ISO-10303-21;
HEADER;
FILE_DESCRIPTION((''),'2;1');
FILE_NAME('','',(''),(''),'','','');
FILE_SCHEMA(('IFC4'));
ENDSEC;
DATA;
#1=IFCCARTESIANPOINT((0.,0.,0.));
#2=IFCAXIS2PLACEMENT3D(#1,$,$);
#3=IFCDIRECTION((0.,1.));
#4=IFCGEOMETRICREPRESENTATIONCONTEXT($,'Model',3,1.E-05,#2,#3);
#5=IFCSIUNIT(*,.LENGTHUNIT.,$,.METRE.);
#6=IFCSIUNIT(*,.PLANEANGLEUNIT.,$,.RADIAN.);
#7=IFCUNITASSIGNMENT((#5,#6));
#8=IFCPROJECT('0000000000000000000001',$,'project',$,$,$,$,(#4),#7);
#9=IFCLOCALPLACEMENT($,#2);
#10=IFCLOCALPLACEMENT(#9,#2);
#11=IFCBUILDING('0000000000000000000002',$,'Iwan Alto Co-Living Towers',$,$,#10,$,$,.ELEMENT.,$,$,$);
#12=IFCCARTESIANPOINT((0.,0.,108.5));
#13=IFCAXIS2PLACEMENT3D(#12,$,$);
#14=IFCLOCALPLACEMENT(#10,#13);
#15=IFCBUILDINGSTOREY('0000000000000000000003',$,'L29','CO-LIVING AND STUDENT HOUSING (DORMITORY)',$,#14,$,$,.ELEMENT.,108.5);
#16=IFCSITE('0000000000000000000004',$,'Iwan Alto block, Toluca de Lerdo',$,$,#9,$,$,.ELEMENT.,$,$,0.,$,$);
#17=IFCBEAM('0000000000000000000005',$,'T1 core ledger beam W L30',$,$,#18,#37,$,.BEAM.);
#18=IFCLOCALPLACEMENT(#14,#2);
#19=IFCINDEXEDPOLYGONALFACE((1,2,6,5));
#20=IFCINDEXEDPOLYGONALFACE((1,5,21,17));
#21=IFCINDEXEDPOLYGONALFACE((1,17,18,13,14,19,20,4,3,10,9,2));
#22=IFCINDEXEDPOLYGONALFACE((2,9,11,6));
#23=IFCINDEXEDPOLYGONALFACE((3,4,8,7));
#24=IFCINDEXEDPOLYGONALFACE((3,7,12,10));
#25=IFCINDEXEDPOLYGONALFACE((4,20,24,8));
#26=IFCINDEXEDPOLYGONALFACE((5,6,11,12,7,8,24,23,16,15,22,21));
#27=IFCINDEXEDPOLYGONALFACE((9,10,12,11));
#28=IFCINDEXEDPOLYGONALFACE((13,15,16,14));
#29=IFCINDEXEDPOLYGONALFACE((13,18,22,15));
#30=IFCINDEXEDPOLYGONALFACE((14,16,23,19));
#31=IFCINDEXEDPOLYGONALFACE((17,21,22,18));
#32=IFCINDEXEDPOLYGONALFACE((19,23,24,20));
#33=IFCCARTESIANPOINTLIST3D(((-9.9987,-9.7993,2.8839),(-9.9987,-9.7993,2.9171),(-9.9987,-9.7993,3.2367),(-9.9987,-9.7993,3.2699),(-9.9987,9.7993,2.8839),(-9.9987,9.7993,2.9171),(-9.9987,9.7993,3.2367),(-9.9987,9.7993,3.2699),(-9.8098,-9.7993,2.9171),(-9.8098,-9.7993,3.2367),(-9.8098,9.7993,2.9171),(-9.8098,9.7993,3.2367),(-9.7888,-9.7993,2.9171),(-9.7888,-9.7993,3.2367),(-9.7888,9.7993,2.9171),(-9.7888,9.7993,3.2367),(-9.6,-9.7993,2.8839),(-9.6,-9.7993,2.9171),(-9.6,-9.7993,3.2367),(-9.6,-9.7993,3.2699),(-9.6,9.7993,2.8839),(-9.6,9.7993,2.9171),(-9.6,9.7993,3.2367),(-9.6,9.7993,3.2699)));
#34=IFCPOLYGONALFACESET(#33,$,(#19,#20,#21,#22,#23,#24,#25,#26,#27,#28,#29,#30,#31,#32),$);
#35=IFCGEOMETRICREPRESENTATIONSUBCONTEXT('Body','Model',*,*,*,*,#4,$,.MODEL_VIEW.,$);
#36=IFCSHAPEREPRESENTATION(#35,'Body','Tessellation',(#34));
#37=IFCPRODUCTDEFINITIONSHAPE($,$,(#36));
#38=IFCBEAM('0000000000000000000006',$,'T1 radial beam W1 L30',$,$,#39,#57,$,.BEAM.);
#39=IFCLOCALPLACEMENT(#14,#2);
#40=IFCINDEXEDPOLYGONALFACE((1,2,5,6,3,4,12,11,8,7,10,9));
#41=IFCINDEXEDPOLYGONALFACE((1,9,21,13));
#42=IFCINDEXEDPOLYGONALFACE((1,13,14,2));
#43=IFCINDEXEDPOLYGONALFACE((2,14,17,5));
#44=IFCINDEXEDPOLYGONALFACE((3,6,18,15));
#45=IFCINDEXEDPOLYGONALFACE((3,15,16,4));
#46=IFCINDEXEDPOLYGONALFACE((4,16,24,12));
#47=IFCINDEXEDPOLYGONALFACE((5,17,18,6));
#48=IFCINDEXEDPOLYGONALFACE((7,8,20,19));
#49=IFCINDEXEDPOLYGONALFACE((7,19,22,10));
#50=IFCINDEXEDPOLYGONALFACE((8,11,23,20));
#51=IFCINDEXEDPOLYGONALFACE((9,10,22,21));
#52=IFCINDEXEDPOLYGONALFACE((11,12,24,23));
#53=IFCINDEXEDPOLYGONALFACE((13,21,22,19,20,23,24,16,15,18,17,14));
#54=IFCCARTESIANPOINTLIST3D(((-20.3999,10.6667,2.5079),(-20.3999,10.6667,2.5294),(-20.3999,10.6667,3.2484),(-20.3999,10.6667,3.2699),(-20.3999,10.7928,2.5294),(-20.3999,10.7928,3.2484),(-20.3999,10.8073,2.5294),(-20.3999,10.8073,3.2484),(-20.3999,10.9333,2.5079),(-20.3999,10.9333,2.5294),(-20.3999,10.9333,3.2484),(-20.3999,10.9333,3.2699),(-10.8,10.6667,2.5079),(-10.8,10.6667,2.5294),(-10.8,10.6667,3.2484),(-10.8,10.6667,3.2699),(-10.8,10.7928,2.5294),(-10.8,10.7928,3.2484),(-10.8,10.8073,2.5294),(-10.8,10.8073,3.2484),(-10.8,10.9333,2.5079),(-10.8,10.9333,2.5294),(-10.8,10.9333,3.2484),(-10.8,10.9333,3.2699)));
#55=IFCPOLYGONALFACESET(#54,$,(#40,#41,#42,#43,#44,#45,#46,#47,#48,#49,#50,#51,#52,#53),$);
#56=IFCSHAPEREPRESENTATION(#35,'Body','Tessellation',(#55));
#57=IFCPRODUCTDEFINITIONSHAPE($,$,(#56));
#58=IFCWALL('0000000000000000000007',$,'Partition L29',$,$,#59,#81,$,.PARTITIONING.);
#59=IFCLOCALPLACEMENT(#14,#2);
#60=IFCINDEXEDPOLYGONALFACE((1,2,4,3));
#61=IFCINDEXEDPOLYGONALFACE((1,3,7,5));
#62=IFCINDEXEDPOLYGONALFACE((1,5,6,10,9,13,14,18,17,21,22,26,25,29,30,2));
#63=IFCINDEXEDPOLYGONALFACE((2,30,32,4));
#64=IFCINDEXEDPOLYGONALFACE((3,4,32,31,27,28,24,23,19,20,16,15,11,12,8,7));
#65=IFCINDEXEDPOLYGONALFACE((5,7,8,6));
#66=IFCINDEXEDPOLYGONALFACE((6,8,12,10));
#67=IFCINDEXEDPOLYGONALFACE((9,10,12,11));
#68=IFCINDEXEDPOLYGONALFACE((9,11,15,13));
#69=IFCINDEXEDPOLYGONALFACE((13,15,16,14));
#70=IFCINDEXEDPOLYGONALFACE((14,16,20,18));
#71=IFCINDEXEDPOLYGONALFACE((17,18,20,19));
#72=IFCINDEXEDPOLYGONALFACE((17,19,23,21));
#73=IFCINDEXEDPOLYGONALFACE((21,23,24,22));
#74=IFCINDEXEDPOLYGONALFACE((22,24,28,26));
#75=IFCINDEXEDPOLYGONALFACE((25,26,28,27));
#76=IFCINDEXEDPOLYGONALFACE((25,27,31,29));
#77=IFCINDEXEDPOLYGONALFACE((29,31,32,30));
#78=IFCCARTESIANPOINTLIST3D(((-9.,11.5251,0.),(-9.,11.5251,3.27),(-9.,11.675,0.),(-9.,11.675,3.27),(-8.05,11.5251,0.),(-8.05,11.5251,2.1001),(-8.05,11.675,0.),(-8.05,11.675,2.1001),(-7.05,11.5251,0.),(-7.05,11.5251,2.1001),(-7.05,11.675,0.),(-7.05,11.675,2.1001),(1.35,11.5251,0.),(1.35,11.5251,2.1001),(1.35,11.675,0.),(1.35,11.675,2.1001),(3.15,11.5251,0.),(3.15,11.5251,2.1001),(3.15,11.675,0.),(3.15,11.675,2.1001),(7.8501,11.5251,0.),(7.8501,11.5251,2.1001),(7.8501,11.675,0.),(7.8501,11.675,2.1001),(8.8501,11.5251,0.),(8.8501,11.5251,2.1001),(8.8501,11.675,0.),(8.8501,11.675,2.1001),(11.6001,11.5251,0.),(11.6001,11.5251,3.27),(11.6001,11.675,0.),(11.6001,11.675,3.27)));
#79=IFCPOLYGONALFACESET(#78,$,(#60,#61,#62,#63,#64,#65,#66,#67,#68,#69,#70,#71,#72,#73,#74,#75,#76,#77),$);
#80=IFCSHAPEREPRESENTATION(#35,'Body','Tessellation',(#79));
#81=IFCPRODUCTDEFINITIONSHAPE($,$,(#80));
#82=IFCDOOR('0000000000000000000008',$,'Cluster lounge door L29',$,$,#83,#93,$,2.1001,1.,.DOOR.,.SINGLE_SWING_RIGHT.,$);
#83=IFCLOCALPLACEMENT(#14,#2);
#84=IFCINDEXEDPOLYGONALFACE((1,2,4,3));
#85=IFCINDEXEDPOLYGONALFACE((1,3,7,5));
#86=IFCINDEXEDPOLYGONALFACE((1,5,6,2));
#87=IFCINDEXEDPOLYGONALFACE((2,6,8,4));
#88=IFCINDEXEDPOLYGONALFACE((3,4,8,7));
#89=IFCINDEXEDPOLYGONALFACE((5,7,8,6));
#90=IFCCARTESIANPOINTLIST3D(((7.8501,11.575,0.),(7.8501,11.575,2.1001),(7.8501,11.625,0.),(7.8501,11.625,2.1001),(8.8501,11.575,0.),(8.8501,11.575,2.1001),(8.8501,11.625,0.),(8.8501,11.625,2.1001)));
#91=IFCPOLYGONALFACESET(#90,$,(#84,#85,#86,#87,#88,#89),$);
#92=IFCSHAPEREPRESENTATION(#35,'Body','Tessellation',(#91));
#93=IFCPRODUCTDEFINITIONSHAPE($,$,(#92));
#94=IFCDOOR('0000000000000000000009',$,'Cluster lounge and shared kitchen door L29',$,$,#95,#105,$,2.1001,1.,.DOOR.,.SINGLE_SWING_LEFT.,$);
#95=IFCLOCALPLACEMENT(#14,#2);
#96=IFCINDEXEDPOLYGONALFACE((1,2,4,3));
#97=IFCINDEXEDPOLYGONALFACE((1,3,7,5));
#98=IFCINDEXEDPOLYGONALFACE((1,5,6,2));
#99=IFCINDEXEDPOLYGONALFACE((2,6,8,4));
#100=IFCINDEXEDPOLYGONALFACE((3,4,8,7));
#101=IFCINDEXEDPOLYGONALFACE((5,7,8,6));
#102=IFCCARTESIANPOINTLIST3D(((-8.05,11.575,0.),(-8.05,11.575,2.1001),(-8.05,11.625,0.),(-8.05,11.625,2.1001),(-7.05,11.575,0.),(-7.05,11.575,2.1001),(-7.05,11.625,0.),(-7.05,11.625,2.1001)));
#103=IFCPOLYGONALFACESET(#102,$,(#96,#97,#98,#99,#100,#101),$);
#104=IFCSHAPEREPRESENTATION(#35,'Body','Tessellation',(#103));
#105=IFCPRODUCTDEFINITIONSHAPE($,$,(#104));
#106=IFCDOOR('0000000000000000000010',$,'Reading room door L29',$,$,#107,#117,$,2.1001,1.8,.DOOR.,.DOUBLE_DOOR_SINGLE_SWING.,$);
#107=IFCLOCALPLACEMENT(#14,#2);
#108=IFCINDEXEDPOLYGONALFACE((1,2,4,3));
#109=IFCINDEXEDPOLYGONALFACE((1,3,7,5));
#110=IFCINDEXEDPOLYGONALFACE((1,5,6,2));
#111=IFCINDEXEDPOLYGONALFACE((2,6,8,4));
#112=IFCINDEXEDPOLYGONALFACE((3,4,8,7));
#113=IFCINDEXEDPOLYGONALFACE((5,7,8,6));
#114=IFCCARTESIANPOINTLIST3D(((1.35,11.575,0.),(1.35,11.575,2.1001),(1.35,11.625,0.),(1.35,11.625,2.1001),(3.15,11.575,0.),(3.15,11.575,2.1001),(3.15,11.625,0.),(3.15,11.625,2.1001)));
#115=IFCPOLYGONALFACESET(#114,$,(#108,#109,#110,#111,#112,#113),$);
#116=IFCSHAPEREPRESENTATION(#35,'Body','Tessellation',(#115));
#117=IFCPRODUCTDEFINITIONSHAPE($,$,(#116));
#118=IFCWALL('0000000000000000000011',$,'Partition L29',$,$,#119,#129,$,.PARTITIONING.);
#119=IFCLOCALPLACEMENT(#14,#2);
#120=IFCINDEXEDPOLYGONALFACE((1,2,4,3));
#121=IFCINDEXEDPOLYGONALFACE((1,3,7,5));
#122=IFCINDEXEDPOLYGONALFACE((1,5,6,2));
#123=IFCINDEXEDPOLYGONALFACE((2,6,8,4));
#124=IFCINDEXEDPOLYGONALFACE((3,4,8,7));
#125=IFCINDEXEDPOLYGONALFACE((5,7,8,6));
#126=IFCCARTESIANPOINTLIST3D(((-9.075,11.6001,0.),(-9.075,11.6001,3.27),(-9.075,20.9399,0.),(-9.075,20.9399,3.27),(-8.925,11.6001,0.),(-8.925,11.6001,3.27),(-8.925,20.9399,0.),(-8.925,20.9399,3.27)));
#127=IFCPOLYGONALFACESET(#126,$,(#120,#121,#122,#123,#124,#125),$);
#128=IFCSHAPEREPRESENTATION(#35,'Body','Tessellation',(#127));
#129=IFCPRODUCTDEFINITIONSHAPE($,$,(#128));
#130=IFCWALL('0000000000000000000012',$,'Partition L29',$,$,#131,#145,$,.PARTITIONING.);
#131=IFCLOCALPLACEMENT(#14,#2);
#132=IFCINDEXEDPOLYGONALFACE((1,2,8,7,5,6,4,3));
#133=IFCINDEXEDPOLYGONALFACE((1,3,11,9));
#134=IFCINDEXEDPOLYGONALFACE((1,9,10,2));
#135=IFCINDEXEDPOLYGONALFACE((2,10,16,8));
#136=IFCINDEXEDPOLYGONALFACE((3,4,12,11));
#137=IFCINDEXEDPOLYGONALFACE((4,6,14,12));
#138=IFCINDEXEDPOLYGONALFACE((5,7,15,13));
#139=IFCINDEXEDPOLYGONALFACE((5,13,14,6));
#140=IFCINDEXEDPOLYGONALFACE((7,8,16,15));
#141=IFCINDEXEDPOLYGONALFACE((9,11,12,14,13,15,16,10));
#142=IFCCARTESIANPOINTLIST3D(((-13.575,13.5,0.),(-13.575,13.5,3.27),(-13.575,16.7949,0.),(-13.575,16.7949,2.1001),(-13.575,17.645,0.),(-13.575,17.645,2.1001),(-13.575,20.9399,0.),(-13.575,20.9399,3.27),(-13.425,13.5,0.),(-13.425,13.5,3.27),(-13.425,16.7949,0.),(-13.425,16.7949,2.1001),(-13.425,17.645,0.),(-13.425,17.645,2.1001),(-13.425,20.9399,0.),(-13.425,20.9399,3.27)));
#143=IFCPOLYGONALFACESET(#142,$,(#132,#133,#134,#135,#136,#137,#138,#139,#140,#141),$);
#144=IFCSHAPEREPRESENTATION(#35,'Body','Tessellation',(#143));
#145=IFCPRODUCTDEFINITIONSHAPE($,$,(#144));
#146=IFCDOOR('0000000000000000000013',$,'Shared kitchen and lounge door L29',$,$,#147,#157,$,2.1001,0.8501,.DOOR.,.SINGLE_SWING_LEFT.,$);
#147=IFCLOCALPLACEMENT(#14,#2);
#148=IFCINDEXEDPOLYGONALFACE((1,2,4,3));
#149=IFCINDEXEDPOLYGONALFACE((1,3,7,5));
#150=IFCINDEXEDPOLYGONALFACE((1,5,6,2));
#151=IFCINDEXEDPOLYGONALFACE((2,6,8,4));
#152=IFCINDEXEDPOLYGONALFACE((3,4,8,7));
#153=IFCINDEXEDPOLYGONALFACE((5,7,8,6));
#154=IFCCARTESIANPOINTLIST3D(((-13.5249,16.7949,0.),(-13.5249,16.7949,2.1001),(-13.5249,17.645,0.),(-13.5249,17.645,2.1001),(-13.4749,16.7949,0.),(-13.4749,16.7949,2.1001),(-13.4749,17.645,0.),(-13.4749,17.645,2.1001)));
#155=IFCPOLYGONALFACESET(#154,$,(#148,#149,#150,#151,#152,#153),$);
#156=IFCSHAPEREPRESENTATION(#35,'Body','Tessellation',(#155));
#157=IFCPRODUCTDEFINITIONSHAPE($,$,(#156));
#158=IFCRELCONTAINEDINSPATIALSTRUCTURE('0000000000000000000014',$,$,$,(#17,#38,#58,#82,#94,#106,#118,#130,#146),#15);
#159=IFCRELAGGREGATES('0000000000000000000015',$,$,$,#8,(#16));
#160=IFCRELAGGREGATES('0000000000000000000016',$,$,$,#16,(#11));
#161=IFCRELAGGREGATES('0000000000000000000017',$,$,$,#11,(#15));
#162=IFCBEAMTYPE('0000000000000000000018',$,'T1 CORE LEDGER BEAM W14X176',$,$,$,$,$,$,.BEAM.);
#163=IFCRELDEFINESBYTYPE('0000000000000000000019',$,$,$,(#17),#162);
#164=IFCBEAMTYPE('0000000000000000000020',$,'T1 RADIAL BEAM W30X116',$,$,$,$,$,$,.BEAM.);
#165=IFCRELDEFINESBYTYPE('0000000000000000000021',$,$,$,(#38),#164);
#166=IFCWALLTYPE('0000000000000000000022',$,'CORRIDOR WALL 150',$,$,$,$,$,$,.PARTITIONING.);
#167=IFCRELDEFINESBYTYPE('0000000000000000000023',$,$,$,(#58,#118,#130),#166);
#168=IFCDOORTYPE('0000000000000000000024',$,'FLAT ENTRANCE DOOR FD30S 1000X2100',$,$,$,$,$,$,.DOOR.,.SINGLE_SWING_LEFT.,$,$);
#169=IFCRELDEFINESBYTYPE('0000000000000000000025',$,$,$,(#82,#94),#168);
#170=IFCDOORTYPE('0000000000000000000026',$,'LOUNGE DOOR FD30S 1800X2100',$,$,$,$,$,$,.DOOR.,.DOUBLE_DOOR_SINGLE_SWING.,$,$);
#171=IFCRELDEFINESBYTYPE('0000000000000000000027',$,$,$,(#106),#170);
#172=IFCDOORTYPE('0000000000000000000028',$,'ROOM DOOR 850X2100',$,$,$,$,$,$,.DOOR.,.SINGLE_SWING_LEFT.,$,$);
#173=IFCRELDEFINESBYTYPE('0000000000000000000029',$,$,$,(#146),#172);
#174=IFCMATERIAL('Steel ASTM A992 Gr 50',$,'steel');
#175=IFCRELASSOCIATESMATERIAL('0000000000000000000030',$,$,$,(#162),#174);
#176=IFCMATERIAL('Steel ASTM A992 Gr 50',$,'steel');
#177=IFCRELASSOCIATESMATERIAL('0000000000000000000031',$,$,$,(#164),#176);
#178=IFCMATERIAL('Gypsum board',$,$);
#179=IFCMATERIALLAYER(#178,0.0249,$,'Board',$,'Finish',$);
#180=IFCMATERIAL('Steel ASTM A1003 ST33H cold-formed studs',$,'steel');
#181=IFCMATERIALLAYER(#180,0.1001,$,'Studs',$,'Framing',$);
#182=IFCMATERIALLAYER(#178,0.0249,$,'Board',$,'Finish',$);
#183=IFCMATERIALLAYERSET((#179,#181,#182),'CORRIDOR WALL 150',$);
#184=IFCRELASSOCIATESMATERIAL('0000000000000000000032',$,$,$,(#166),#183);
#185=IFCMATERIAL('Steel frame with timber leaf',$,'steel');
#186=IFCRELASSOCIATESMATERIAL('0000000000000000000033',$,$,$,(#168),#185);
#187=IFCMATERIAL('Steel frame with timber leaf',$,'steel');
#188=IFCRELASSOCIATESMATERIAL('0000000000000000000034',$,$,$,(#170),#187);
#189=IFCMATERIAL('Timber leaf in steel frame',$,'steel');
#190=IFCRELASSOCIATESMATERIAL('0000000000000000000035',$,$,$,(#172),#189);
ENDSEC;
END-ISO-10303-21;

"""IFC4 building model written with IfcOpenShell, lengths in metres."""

from ifc_helpers import new_model, si_unit, direction, frame, frame_2d, origin, origin_2d, place, context, subcontext, project, spatial, rectangle, i_section, extrude, material, layer, layer_set, material_profile, profile_set, type_object, element, fill, save


model = new_model("IFC4")

# Units and contexts
model_context = context("Model", 3, precision=1e-05, world=origin(), true_north=direction((0.0, 1.0)))
body_context = subcontext(model_context, "Body", "Model", "MODEL_VIEW")
ifc_project = project(units=[si_unit("LENGTHUNIT", "METRE"), si_unit("PLANEANGLEUNIT", "RADIAN")], contexts=[model_context])

# Site, building, storey
site_placement = place(None, origin())
site = spatial("IfcSite", under=ifc_project, at=site_placement, Name="Iwan Alto block, Toluca de Lerdo", CompositionType="ELEMENT", RefElevation=0.0)
building_placement = place(site_placement, origin())
building = spatial("IfcBuilding", under=site, at=building_placement, Name="Iwan Alto Co-Living Towers", CompositionType="ELEMENT")
storey_placement = place(building_placement, frame((0.0, 0.0, 108.5)))
storey = spatial("IfcBuildingStorey", under=building, at=storey_placement, Name="L29", Description="CO-LIVING AND STUDENT HOUSING (DORMITORY)", CompositionType="ELEMENT", Elevation=108.5)

# Beams
ifc_material_1 = material(Name="Steel ASTM A992 Gr 50", Category="steel")
ifc_material_profile_1 = material_profile(ifc_material_1, i_section(OverallWidth=0.3987, OverallDepth=0.386, WebThickness=0.021, FlangeThickness=0.0332, at=origin_2d()), Name="W14X176")
ifc_profile_set_1 = profile_set([ifc_material_profile_1], Name="Steel ASTM A992 Gr 50")
beam_type_1 = type_object("IfcBeamType", Name="T1 CORE LEDGER BEAM W14X176", PredefinedType="BEAM", material=ifc_profile_set_1)
beam_1_placement = place(storey_placement, frame((-9.7993, 9.7993, 3.0769), z_axis=(0.0, -1.0, 0.0), x_axis=(1.0, 0.0, 0.0)))
element("IfcBeam", 1, at=beam_1_placement, inside=storey, type_object=beam_type_1, Name="T1 core ledger beam W L30", PredefinedType="BEAM", context=body_context, shape_type="SweptSolid", body=[
    extrude(i_section(OverallWidth=0.3987, OverallDepth=0.386, WebThickness=0.021, FlangeThickness=0.0332, at=origin_2d()), origin(), (0.0, 0.0, 1.0), 19.5986),
])
ifc_material_2 = material(Name="Steel ASTM A992 Gr 50", Category="steel")
ifc_material_profile_2 = material_profile(ifc_material_2, i_section(OverallWidth=0.2666, OverallDepth=0.762, WebThickness=0.0144, FlangeThickness=0.0215, at=origin_2d()), Name="W30X116")
ifc_profile_set_2 = profile_set([ifc_material_profile_2], Name="Steel ASTM A992 Gr 50")
beam_type_2 = type_object("IfcBeamType", Name="T1 RADIAL BEAM W30X116", PredefinedType="BEAM", material=ifc_profile_set_2)
beam_2_placement = place(storey_placement, frame((-20.3999, 10.8, 2.8889), z_axis=(1.0, 0.0, 0.0), x_axis=(0.0, 1.0, 0.0)))
element("IfcBeam", 2, at=beam_2_placement, inside=storey, type_object=beam_type_2, Name="T1 radial beam W1 L30", PredefinedType="BEAM", context=body_context, shape_type="SweptSolid", body=[
    extrude(i_section(OverallWidth=0.2666, OverallDepth=0.762, WebThickness=0.0144, FlangeThickness=0.0215, at=origin_2d()), origin(), (0.0, 0.0, 1.0), 9.5999),
])

# Wall, openings, doors
ifc_material_3 = material(Name="Gypsum board")
ifc_layer_1 = layer(ifc_material_3, 0.0249, Name="Board", Category="Finish")
ifc_material_4 = material(Name="Steel ASTM A1003 ST33H cold-formed studs", Category="steel")
ifc_layer_2 = layer(ifc_material_4, 0.1001, Name="Studs", Category="Framing")
ifc_layer_3 = layer(ifc_material_3, 0.0249, Name="Board", Category="Finish")
ifc_layer_set_1 = layer_set([ifc_layer_1, ifc_layer_2, ifc_layer_3], Name="CORRIDOR WALL 150")
wall_type_1 = type_object("IfcWallType", Name="CORRIDOR WALL 150", PredefinedType="PARTITIONING", material=ifc_layer_set_1)
wall_1_placement = place(storey_placement, frame((-9.0, 11.6001, 0.0), z_axis=(0.0, 0.0, 1.0), x_axis=(1.0, 0.0, 0.0)))
wall_1 = element("IfcWall", 3, at=wall_1_placement, inside=storey, type_object=wall_type_1, Name="Partition L29", PredefinedType="PARTITIONING", context=body_context, shape_type="SweptSolid", body=[
    extrude(rectangle(XDim=20.6001, YDim=0.1499, at=frame_2d((10.3, 0.0))), origin(), (0.0, 0.0, 1.0), 3.27),
])
opening_1_placement = place(wall_1_placement, frame((16.8501, 0.0, 0.0)))
opening_1 = element("IfcOpeningElement", 4, at=opening_1_placement, cuts=wall_1, PredefinedType="OPENING", context=body_context, shape_type="SweptSolid", body=[
    extrude(rectangle(XDim=1.0, YDim=2.1001, at=frame_2d((0.5, 1.05))), frame((0.0, 0.085, 0.0), z_axis=(0.0, -1.0, 0.0), x_axis=(1.0, 0.0, 0.0)), (0.0, 0.0, 1.0), 0.1699),
])
opening_2_placement = place(wall_1_placement, frame((10.3501, 0.0, 0.0)))
opening_2 = element("IfcOpeningElement", 5, at=opening_2_placement, cuts=wall_1, PredefinedType="OPENING", context=body_context, shape_type="SweptSolid", body=[
    extrude(rectangle(XDim=1.8, YDim=2.1001, at=frame_2d((0.8999, 1.05))), frame((0.0, 0.085, 0.0), z_axis=(0.0, -1.0, 0.0), x_axis=(1.0, 0.0, 0.0)), (0.0, 0.0, 1.0), 0.1699),
])
opening_3_placement = place(wall_1_placement, frame((0.95, 0.0, 0.0)))
opening_3 = element("IfcOpeningElement", 6, at=opening_3_placement, cuts=wall_1, PredefinedType="OPENING", context=body_context, shape_type="SweptSolid", body=[
    extrude(rectangle(XDim=1.0, YDim=2.1001, at=frame_2d((0.5, 1.05))), frame((0.0, 0.085, 0.0), z_axis=(0.0, -1.0, 0.0), x_axis=(1.0, 0.0, 0.0)), (0.0, 0.0, 1.0), 0.1699),
])
ifc_material_5 = material(Name="Steel frame with timber leaf", Category="steel")
door_type_1 = type_object("IfcDoorType", Name="FLAT ENTRANCE DOOR FD30S 1000X2100", OperationType="SINGLE_SWING_LEFT", PredefinedType="DOOR", material=ifc_material_5)
door_1_placement = place(opening_1_placement, origin())
door_1 = element("IfcDoor", 7, at=door_1_placement, inside=storey, type_object=door_type_1, Name="Cluster lounge door L29", OperationType="SINGLE_SWING_RIGHT", OverallHeight=2.1001, OverallWidth=1.0, PredefinedType="DOOR", context=body_context, shape_type="SweptSolid", body=[
    extrude(rectangle(XDim=1.0, YDim=2.1001, at=frame_2d((0.5, 1.05))), frame((0.0, 0.0249, 0.0), z_axis=(0.0, -1.0, 0.0), x_axis=(1.0, 0.0, 0.0)), (0.0, 0.0, 1.0), 0.05),
])
fill(opening_1, door_1)
door_2_placement = place(opening_3_placement, origin())
door_2 = element("IfcDoor", 8, at=door_2_placement, inside=storey, type_object=door_type_1, Name="Cluster lounge and shared kitchen door L29", OperationType="SINGLE_SWING_LEFT", OverallHeight=2.1001, OverallWidth=1.0, PredefinedType="DOOR", context=body_context, shape_type="SweptSolid", body=[
    extrude(rectangle(XDim=1.0, YDim=2.1001, at=frame_2d((0.5, 1.05))), frame((0.0, 0.0249, 0.0), z_axis=(0.0, -1.0, 0.0), x_axis=(1.0, 0.0, 0.0)), (0.0, 0.0, 1.0), 0.05),
])
fill(opening_3, door_2)
ifc_material_6 = material(Name="Steel frame with timber leaf", Category="steel")
door_type_2 = type_object("IfcDoorType", Name="LOUNGE DOOR FD30S 1800X2100", OperationType="DOUBLE_DOOR_SINGLE_SWING", PredefinedType="DOOR", material=ifc_material_6)
door_3_placement = place(opening_2_placement, origin())
door_3 = element("IfcDoor", 9, at=door_3_placement, inside=storey, type_object=door_type_2, Name="Reading room door L29", OperationType="DOUBLE_DOOR_SINGLE_SWING", OverallHeight=2.1001, OverallWidth=1.8, PredefinedType="DOOR", context=body_context, shape_type="SweptSolid", body=[
    extrude(rectangle(XDim=1.8, YDim=2.1001, at=frame_2d((0.8999, 1.05))), frame((0.0, 0.0249, 0.0), z_axis=(0.0, -1.0, 0.0), x_axis=(1.0, 0.0, 0.0)), (0.0, 0.0, 1.0), 0.05),
])
fill(opening_2, door_3)

# Wall
wall_2_placement = place(storey_placement, frame((-9.0, 11.6001, 0.0), z_axis=(0.0, 0.0, 1.0), x_axis=(0.0, 1.0, 0.0)))
element("IfcWall", 10, at=wall_2_placement, inside=storey, type_object=wall_type_1, Name="Partition L29", PredefinedType="PARTITIONING", context=body_context, shape_type="SweptSolid", body=[
    extrude(rectangle(XDim=9.3398, YDim=0.1499, at=frame_2d((4.6699, 0.0))), origin(), (0.0, 0.0, 1.0), 3.27),
])

# Wall, opening, door
wall_3_placement = place(storey_placement, frame((-13.5, 13.5, 0.0), z_axis=(0.0, 0.0, 1.0), x_axis=(0.0, 1.0, 0.0)))
wall_3 = element("IfcWall", 11, at=wall_3_placement, inside=storey, type_object=wall_type_1, Name="Partition L29", PredefinedType="PARTITIONING", context=body_context, shape_type="SweptSolid", body=[
    extrude(rectangle(XDim=7.4399, YDim=0.1499, at=frame_2d((3.72, 0.0))), origin(), (0.0, 0.0, 1.0), 3.27),
])
opening_4_placement = place(wall_3_placement, frame((3.2949, 0.0, 0.0)))
opening_4 = element("IfcOpeningElement", 12, at=opening_4_placement, cuts=wall_3, PredefinedType="OPENING", context=body_context, shape_type="SweptSolid", body=[
    extrude(rectangle(XDim=0.8501, YDim=2.1001, at=frame_2d((0.425, 1.05))), frame((0.0, 0.085, 0.0), z_axis=(0.0, -1.0, 0.0), x_axis=(1.0, 0.0, 0.0)), (0.0, 0.0, 1.0), 0.1699),
])
ifc_material_7 = material(Name="Timber leaf in steel frame", Category="steel")
door_type_3 = type_object("IfcDoorType", Name="ROOM DOOR 850X2100", OperationType="SINGLE_SWING_LEFT", PredefinedType="DOOR", material=ifc_material_7)
door_4_placement = place(opening_4_placement, origin())
door_4 = element("IfcDoor", 13, at=door_4_placement, inside=storey, type_object=door_type_3, Name="Shared kitchen and lounge door L29", OperationType="SINGLE_SWING_LEFT", OverallHeight=2.1001, OverallWidth=0.8501, PredefinedType="DOOR", context=body_context, shape_type="SweptSolid", body=[
    extrude(rectangle(XDim=0.8501, YDim=2.1001, at=frame_2d((0.425, 1.05))), frame((0.0, 0.0249, 0.0), z_axis=(0.0, -1.0, 0.0), x_axis=(1.0, 0.0, 0.0)), (0.0, 0.0, 1.0), 0.05),
])
fill(opening_4, door_4)

save(model, "model.ifc")
